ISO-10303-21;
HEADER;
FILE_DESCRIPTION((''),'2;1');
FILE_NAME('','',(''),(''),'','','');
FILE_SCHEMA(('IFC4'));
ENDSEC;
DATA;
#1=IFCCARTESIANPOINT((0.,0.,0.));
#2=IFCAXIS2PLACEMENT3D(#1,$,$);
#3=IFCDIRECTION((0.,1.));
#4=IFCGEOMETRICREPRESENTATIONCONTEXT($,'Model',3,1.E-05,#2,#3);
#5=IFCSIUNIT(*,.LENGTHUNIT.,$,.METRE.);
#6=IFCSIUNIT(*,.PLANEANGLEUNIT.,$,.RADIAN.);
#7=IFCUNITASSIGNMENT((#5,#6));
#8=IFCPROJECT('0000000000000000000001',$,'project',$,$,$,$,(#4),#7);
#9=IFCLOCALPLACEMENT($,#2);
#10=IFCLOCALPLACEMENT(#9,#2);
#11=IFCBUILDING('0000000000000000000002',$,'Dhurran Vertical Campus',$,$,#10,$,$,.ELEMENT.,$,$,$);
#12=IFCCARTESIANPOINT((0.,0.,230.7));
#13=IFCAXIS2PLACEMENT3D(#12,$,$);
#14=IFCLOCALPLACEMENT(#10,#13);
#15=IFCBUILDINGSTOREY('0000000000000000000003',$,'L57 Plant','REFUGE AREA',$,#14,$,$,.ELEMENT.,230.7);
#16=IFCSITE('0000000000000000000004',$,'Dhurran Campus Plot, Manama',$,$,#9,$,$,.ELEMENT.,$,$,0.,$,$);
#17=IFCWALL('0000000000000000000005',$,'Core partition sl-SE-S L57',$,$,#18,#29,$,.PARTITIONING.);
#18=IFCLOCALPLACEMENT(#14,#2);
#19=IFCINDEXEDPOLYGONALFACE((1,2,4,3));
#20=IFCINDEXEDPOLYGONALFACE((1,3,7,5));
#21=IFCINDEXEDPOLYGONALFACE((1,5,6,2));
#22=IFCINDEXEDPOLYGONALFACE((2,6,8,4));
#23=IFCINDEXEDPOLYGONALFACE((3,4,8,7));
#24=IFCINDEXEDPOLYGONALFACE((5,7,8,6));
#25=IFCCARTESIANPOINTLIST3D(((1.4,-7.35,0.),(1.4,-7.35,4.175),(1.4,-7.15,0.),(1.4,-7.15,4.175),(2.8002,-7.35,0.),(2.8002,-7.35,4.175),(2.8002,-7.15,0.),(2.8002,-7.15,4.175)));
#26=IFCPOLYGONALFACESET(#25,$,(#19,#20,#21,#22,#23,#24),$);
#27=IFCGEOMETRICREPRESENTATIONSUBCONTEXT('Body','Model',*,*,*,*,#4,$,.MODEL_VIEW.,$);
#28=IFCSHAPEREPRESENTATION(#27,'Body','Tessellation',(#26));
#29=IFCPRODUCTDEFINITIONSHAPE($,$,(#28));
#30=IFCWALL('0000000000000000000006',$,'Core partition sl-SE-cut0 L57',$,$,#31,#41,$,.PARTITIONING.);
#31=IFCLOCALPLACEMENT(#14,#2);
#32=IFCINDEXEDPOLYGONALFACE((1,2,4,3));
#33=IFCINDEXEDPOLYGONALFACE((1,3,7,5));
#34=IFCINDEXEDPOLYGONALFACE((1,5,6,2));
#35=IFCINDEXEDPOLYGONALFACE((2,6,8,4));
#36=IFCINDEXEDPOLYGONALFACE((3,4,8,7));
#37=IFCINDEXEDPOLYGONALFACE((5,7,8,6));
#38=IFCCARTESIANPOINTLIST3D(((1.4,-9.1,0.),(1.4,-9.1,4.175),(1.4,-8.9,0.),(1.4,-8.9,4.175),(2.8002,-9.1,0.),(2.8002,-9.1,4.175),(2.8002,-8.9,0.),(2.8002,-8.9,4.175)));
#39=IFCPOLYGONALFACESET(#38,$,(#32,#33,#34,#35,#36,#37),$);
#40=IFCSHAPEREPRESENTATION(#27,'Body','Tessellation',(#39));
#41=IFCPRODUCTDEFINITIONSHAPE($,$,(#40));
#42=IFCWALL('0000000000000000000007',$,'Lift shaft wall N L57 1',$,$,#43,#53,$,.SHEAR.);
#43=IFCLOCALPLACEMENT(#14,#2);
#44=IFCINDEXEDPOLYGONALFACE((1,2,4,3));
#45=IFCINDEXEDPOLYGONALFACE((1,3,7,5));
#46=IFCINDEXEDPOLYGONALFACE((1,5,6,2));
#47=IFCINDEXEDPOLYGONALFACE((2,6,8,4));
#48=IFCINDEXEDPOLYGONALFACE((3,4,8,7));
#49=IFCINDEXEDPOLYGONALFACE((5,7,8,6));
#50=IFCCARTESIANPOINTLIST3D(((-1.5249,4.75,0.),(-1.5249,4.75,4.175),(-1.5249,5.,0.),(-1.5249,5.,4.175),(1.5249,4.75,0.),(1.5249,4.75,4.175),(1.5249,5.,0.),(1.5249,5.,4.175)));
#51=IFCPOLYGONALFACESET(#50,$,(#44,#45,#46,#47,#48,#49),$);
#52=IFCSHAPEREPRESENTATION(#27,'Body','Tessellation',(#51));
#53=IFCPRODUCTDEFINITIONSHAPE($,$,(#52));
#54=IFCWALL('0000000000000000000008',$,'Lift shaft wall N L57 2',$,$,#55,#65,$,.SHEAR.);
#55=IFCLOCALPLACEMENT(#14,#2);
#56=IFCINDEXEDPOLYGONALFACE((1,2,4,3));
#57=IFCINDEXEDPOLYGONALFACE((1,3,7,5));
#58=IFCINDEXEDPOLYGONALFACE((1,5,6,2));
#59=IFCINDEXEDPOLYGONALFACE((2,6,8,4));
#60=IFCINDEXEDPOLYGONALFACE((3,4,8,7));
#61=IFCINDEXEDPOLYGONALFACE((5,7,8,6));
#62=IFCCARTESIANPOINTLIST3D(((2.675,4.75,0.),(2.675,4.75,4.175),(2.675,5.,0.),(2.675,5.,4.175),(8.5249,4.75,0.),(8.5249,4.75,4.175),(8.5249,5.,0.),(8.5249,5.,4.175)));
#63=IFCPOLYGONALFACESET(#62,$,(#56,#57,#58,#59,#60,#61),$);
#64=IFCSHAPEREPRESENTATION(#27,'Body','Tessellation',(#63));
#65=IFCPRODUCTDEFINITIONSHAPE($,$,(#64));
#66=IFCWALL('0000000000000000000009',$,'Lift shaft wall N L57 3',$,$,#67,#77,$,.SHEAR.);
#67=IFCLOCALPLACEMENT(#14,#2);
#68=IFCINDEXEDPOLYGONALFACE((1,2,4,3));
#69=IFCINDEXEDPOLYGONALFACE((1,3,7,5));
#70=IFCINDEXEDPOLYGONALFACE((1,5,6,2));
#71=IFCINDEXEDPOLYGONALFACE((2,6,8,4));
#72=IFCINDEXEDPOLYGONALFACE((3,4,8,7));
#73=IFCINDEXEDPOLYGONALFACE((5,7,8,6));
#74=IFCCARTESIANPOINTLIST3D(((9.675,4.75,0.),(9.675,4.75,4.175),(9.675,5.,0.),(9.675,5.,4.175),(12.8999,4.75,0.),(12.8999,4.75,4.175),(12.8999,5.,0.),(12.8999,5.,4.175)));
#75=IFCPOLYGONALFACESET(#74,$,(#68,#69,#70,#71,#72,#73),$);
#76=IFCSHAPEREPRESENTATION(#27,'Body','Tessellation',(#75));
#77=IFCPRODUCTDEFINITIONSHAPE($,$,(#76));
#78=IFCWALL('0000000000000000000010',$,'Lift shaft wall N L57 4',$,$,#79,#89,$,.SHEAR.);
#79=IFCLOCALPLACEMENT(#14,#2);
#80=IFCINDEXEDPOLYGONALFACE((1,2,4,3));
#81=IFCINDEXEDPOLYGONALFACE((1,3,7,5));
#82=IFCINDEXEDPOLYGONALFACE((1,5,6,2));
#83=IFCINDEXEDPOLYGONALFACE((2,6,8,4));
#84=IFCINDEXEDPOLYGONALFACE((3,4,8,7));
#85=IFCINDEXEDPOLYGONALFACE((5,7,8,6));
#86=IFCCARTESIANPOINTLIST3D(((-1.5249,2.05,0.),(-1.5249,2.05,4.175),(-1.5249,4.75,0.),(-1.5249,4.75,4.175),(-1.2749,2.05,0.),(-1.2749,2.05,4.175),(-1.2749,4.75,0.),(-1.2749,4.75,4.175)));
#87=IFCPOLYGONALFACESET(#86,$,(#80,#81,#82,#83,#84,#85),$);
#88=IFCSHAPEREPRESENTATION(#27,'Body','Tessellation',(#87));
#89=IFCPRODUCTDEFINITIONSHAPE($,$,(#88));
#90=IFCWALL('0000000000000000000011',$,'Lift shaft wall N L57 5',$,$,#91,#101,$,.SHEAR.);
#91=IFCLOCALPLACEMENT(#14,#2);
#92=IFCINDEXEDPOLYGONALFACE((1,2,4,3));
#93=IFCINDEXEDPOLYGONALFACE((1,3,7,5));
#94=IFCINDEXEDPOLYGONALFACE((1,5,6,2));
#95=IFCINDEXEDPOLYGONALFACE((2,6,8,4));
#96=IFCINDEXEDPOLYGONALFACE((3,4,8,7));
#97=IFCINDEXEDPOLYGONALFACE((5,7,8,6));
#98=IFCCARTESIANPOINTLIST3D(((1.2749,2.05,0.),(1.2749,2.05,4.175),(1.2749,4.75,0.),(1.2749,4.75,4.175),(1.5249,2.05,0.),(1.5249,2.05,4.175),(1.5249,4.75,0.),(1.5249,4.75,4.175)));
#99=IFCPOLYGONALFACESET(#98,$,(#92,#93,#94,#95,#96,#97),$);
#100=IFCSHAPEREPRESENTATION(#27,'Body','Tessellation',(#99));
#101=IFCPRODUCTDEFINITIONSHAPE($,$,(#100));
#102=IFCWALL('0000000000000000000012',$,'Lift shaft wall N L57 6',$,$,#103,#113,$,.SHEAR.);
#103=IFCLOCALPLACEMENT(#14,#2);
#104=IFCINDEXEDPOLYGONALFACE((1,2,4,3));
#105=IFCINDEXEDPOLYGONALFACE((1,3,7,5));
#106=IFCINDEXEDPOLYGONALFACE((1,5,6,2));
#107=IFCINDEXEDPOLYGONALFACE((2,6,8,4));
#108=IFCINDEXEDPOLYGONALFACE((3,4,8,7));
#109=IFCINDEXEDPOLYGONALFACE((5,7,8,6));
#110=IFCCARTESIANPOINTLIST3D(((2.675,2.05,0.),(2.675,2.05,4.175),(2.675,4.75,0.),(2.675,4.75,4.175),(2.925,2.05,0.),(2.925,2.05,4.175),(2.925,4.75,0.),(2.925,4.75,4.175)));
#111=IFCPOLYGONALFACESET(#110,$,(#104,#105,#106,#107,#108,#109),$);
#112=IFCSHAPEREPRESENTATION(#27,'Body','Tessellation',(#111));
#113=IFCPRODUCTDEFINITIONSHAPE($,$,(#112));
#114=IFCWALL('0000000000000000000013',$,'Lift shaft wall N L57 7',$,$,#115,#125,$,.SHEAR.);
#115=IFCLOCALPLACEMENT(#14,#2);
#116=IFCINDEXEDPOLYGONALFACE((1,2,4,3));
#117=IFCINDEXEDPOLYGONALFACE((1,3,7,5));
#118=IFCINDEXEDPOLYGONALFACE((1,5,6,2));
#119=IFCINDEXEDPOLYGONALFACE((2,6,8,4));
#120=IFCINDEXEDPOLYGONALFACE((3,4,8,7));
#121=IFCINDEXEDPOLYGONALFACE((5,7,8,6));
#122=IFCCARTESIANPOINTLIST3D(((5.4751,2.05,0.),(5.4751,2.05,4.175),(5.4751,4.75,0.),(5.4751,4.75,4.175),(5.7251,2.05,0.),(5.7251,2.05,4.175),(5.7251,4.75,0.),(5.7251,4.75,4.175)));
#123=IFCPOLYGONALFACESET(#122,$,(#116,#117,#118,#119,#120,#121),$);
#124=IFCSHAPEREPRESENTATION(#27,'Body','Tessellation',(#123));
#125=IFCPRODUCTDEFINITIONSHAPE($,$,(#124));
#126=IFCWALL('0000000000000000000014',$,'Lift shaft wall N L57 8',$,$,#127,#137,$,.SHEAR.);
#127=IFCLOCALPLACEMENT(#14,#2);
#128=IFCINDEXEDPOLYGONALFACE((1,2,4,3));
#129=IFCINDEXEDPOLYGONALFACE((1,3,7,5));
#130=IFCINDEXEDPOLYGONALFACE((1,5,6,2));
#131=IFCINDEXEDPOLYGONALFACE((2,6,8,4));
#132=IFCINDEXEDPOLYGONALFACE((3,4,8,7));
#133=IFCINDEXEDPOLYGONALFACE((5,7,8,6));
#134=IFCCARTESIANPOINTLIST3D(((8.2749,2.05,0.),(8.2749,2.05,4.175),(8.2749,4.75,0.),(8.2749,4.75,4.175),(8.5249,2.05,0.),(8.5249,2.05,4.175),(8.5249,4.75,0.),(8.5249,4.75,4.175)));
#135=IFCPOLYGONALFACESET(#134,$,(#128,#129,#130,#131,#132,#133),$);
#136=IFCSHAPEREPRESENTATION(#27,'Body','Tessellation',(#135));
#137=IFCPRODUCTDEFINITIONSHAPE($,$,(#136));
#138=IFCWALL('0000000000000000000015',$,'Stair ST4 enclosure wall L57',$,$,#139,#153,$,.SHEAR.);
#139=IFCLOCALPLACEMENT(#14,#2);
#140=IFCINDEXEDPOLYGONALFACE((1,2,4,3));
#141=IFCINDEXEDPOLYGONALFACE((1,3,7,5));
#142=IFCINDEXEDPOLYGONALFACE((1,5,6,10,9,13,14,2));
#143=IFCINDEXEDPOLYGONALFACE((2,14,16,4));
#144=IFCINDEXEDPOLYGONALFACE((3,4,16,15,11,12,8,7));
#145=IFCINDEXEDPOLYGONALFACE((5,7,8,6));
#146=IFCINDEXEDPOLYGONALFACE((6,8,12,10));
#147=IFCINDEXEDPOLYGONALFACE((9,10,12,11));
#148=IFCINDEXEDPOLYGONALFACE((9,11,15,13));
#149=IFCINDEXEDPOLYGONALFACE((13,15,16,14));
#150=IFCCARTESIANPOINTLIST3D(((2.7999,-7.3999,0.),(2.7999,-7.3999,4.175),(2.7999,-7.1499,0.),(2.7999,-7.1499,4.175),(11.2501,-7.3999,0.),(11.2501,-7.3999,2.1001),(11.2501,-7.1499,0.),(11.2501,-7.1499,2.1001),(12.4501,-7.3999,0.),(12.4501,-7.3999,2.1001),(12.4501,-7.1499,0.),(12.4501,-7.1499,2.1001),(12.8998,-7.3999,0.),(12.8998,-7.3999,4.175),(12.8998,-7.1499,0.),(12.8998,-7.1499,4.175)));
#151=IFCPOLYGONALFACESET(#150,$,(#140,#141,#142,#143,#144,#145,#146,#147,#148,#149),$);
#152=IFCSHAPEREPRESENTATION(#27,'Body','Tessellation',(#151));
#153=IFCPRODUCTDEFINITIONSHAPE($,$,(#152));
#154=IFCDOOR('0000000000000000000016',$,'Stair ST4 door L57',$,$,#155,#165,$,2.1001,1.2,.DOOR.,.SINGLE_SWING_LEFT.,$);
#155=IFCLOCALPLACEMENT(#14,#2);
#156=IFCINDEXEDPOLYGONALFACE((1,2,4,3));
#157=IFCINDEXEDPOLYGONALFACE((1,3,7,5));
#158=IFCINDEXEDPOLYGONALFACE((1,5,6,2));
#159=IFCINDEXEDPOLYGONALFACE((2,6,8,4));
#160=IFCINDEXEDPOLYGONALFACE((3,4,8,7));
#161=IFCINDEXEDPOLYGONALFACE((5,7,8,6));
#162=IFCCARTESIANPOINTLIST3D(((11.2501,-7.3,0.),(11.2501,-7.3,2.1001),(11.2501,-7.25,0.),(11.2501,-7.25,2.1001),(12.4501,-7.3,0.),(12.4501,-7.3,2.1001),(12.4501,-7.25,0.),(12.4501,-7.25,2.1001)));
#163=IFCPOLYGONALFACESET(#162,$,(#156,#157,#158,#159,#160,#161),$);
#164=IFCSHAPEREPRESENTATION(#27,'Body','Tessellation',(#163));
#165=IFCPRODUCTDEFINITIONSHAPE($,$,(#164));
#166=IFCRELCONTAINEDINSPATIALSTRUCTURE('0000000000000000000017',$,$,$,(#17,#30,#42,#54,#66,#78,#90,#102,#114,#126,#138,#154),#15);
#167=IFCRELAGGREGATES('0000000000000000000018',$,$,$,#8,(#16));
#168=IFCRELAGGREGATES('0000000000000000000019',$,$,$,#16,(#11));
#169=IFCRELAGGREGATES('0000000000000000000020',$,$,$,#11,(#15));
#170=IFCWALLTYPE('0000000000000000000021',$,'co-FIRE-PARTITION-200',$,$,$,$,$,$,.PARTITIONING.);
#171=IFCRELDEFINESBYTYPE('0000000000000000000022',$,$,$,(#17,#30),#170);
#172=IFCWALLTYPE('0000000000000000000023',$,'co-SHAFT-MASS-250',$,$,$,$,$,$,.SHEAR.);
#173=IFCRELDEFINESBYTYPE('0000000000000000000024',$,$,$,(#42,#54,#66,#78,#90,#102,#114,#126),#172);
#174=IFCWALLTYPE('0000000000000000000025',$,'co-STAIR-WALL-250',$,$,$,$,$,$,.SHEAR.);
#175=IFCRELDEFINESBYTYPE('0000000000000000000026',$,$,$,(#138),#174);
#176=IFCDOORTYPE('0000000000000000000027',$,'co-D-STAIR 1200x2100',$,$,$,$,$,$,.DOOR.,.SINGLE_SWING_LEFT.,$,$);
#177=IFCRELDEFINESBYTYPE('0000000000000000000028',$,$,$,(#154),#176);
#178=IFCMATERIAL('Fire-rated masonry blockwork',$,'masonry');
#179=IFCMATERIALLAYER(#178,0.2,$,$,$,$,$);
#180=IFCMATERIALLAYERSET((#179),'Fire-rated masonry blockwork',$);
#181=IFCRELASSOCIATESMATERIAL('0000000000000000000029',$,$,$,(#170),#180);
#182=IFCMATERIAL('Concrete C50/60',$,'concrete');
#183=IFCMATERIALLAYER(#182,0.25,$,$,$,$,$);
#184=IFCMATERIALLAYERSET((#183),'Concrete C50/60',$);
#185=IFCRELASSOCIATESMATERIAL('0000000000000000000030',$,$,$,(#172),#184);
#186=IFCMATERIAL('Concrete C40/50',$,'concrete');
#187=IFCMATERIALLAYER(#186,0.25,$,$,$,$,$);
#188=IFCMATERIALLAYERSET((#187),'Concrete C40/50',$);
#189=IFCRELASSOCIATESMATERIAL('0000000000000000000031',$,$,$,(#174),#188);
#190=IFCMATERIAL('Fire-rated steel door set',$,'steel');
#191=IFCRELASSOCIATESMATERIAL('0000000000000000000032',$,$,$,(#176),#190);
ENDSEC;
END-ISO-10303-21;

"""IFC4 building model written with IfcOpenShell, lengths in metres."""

from ifc_helpers import new_model, si_unit, direction, frame, frame_2d, origin, place, context, subcontext, project, spatial, polyline, rectangle, outline, extrude, material, layer, layer_set, type_object, element, fill, save


model = new_model("IFC4")

# Units and contexts
model_context = context("Model", 3, precision=1e-05, world=origin(), true_north=direction((0.0, 1.0)))
body_context = subcontext(model_context, "Body", "Model", "MODEL_VIEW")
ifc_project = project(units=[si_unit("LENGTHUNIT", "METRE"), si_unit("PLANEANGLEUNIT", "RADIAN")], contexts=[model_context])

# Site, building, storey
site_placement = place(None, origin())
site = spatial("IfcSite", under=ifc_project, at=site_placement, Name="Dhurran Campus Plot, Manama", CompositionType="ELEMENT", RefElevation=0.0)
building_placement = place(site_placement, origin())
building = spatial("IfcBuilding", under=site, at=building_placement, Name="Dhurran Vertical Campus", CompositionType="ELEMENT")
storey_placement = place(building_placement, frame((0.0, 0.0, 230.7)))
storey = spatial("IfcBuildingStorey", under=building, at=storey_placement, Name="L57 Plant", Description="REFUGE AREA", CompositionType="ELEMENT", Elevation=230.7)

# Shared definitions
ifc_material_1 = material(Name="Fire-rated masonry blockwork", Category="masonry")
ifc_layer_1 = layer(ifc_material_1, 0.2)
ifc_layer_set_1 = layer_set([ifc_layer_1], Name="Fire-rated masonry blockwork")
wall_type_1 = type_object("IfcWallType", Name="co-FIRE-PARTITION-200", PredefinedType="PARTITIONING", material=ifc_layer_set_1)

# Walls
for number, where, z_axis, x_axis, name in (
    (1, (1.3999, -7.25, 0.0), (0.0, 0.0, 1.0), (1.0, 0.0, 0.0), "Core partition sl-SE-S L57"),
    (2, (1.3999, -9.0, 0.0), (0.0, 0.0, 1.0), (1.0, 0.0, 0.0), "Core partition sl-SE-cut0 L57"),
):
    element("IfcWall", number, at=place(storey_placement, frame(where, z_axis=z_axis, x_axis=x_axis)), inside=storey, type_object=wall_type_1, Name=name, PredefinedType="PARTITIONING", context=body_context, shape_type="SweptSolid", body=[
        extrude(rectangle(XDim=1.4001, YDim=0.2, at=frame_2d((0.7002, 0.0))), origin(), (0.0, 0.0, 1.0), 4.175),
    ])
ifc_material_2 = material(Name="Concrete C50/60", Category="concrete")
ifc_layer_2 = layer(ifc_material_2, 0.25)
ifc_layer_set_2 = layer_set([ifc_layer_2], Name="Concrete C50/60")
wall_type_2 = type_object("IfcWallType", Name="co-SHAFT-MASS-250", PredefinedType="SHEAR", material=ifc_layer_set_2)
wall_1_placement = place(storey_placement, origin())
element("IfcWall", 3, at=wall_1_placement, inside=storey, type_object=wall_type_2, Name="Lift shaft wall N L57 1", PredefinedType="SHEAR", context=body_context, shape_type="SweptSolid", body=[
    extrude(outline(polyline([(-1.5249, 4.75), (1.5249, 4.75), (1.5249, 5.0), (-1.5249, 5.0), (-1.5249, 4.75)])), origin(), (0.0, 0.0, 1.0), 4.175),
])
wall_2_placement = place(storey_placement, origin())
element("IfcWall", 4, at=wall_2_placement, inside=storey, type_object=wall_type_2, Name="Lift shaft wall N L57 2", PredefinedType="SHEAR", context=body_context, shape_type="SweptSolid", body=[
    extrude(outline(polyline([(2.675, 4.75), (8.5249, 4.75), (8.5249, 5.0), (2.675, 5.0), (2.675, 4.75)])), origin(), (0.0, 0.0, 1.0), 4.175),
])
wall_3_placement = place(storey_placement, origin())
element("IfcWall", 5, at=wall_3_placement, inside=storey, type_object=wall_type_2, Name="Lift shaft wall N L57 3", PredefinedType="SHEAR", context=body_context, shape_type="SweptSolid", body=[
    extrude(outline(polyline([(9.675, 4.75), (12.8999, 4.75), (12.8999, 5.0), (9.675, 5.0), (9.675, 4.75)])), origin(), (0.0, 0.0, 1.0), 4.175),
])
wall_4_placement = place(storey_placement, origin())
element("IfcWall", 6, at=wall_4_placement, inside=storey, type_object=wall_type_2, Name="Lift shaft wall N L57 4", PredefinedType="SHEAR", context=body_context, shape_type="SweptSolid", body=[
    extrude(outline(polyline([(-1.5249, 2.05), (-1.2749, 2.05), (-1.2749, 4.75), (-1.5249, 4.75), (-1.5249, 2.05)])), origin(), (0.0, 0.0, 1.0), 4.175),
])
wall_5_placement = place(storey_placement, origin())
element("IfcWall", 7, at=wall_5_placement, inside=storey, type_object=wall_type_2, Name="Lift shaft wall N L57 5", PredefinedType="SHEAR", context=body_context, shape_type="SweptSolid", body=[
    extrude(outline(polyline([(1.2749, 2.05), (1.5249, 2.05), (1.5249, 4.75), (1.2749, 4.75), (1.2749, 2.05)])), origin(), (0.0, 0.0, 1.0), 4.175),
])
wall_6_placement = place(storey_placement, origin())
element("IfcWall", 8, at=wall_6_placement, inside=storey, type_object=wall_type_2, Name="Lift shaft wall N L57 6", PredefinedType="SHEAR", context=body_context, shape_type="SweptSolid", body=[
    extrude(outline(polyline([(2.675, 2.05), (2.925, 2.05), (2.925, 4.75), (2.675, 4.75), (2.675, 2.05)])), origin(), (0.0, 0.0, 1.0), 4.175),
])
wall_7_placement = place(storey_placement, origin())
element("IfcWall", 9, at=wall_7_placement, inside=storey, type_object=wall_type_2, Name="Lift shaft wall N L57 7", PredefinedType="SHEAR", context=body_context, shape_type="SweptSolid", body=[
    extrude(outline(polyline([(5.4751, 2.05), (5.7251, 2.05), (5.7251, 4.75), (5.4751, 4.75), (5.4751, 2.05)])), origin(), (0.0, 0.0, 1.0), 4.175),
])
wall_8_placement = place(storey_placement, origin())
element("IfcWall", 10, at=wall_8_placement, inside=storey, type_object=wall_type_2, Name="Lift shaft wall N L57 8", PredefinedType="SHEAR", context=body_context, shape_type="SweptSolid", body=[
    extrude(outline(polyline([(8.2749, 2.05), (8.5249, 2.05), (8.5249, 4.75), (8.2749, 4.75), (8.2749, 2.05)])), origin(), (0.0, 0.0, 1.0), 4.175),
])

# Wall, opening, door
ifc_material_3 = material(Name="Concrete C40/50", Category="concrete")
ifc_layer_3 = layer(ifc_material_3, 0.25)
ifc_layer_set_3 = layer_set([ifc_layer_3], Name="Concrete C40/50")
wall_type_3 = type_object("IfcWallType", Name="co-STAIR-WALL-250", PredefinedType="SHEAR", material=ifc_layer_set_3)
wall_9_placement = place(storey_placement, frame((2.8, -7.2749, 0.0), z_axis=(0.0, 0.0, 1.0), x_axis=(1.0, 0.0, 0.0)))
wall_9 = element("IfcWall", 11, at=wall_9_placement, inside=storey, type_object=wall_type_3, Name="Stair ST4 enclosure wall L57", PredefinedType="SHEAR", context=body_context, shape_type="SweptSolid", body=[
    extrude(rectangle(XDim=10.0999, YDim=0.25, at=frame_2d((5.0498, 0.0))), origin(), (0.0, 0.0, 1.0), 4.175),
])
opening_1_placement = place(wall_9_placement, frame((8.45, 0.0, 0.0)))
opening_1 = element("IfcOpeningElement", 12, at=opening_1_placement, cuts=wall_9, PredefinedType="OPENING", context=body_context, shape_type="SweptSolid", body=[
    extrude(rectangle(XDim=1.2, YDim=2.1001, at=frame_2d((0.6001, 1.05))), frame((0.0, 0.135, 0.0), z_axis=(0.0, -1.0, 0.0), x_axis=(1.0, 0.0, 0.0)), (0.0, 0.0, 1.0), 0.27),
])
ifc_material_4 = material(Name="Fire-rated steel door set", Category="steel")
door_type_1 = type_object("IfcDoorType", Name="co-D-STAIR 1200x2100", OperationType="SINGLE_SWING_LEFT", PredefinedType="DOOR", material=ifc_material_4)
door_1_placement = place(opening_1_placement, origin())
door_1 = element("IfcDoor", 13, at=door_1_placement, inside=storey, type_object=door_type_1, Name="Stair ST4 door L57", OperationType="SINGLE_SWING_LEFT", OverallHeight=2.1001, OverallWidth=1.2, PredefinedType="DOOR", context=body_context, shape_type="SweptSolid", body=[
    extrude(rectangle(XDim=1.2, YDim=2.1001, at=frame_2d((0.6001, 1.05))), frame((0.0, 0.0249, 0.0), z_axis=(0.0, -1.0, 0.0), x_axis=(1.0, 0.0, 0.0)), (0.0, 0.0, 1.0), 0.05),
])
fill(opening_1, door_1)

save(model, "model.ifc")
